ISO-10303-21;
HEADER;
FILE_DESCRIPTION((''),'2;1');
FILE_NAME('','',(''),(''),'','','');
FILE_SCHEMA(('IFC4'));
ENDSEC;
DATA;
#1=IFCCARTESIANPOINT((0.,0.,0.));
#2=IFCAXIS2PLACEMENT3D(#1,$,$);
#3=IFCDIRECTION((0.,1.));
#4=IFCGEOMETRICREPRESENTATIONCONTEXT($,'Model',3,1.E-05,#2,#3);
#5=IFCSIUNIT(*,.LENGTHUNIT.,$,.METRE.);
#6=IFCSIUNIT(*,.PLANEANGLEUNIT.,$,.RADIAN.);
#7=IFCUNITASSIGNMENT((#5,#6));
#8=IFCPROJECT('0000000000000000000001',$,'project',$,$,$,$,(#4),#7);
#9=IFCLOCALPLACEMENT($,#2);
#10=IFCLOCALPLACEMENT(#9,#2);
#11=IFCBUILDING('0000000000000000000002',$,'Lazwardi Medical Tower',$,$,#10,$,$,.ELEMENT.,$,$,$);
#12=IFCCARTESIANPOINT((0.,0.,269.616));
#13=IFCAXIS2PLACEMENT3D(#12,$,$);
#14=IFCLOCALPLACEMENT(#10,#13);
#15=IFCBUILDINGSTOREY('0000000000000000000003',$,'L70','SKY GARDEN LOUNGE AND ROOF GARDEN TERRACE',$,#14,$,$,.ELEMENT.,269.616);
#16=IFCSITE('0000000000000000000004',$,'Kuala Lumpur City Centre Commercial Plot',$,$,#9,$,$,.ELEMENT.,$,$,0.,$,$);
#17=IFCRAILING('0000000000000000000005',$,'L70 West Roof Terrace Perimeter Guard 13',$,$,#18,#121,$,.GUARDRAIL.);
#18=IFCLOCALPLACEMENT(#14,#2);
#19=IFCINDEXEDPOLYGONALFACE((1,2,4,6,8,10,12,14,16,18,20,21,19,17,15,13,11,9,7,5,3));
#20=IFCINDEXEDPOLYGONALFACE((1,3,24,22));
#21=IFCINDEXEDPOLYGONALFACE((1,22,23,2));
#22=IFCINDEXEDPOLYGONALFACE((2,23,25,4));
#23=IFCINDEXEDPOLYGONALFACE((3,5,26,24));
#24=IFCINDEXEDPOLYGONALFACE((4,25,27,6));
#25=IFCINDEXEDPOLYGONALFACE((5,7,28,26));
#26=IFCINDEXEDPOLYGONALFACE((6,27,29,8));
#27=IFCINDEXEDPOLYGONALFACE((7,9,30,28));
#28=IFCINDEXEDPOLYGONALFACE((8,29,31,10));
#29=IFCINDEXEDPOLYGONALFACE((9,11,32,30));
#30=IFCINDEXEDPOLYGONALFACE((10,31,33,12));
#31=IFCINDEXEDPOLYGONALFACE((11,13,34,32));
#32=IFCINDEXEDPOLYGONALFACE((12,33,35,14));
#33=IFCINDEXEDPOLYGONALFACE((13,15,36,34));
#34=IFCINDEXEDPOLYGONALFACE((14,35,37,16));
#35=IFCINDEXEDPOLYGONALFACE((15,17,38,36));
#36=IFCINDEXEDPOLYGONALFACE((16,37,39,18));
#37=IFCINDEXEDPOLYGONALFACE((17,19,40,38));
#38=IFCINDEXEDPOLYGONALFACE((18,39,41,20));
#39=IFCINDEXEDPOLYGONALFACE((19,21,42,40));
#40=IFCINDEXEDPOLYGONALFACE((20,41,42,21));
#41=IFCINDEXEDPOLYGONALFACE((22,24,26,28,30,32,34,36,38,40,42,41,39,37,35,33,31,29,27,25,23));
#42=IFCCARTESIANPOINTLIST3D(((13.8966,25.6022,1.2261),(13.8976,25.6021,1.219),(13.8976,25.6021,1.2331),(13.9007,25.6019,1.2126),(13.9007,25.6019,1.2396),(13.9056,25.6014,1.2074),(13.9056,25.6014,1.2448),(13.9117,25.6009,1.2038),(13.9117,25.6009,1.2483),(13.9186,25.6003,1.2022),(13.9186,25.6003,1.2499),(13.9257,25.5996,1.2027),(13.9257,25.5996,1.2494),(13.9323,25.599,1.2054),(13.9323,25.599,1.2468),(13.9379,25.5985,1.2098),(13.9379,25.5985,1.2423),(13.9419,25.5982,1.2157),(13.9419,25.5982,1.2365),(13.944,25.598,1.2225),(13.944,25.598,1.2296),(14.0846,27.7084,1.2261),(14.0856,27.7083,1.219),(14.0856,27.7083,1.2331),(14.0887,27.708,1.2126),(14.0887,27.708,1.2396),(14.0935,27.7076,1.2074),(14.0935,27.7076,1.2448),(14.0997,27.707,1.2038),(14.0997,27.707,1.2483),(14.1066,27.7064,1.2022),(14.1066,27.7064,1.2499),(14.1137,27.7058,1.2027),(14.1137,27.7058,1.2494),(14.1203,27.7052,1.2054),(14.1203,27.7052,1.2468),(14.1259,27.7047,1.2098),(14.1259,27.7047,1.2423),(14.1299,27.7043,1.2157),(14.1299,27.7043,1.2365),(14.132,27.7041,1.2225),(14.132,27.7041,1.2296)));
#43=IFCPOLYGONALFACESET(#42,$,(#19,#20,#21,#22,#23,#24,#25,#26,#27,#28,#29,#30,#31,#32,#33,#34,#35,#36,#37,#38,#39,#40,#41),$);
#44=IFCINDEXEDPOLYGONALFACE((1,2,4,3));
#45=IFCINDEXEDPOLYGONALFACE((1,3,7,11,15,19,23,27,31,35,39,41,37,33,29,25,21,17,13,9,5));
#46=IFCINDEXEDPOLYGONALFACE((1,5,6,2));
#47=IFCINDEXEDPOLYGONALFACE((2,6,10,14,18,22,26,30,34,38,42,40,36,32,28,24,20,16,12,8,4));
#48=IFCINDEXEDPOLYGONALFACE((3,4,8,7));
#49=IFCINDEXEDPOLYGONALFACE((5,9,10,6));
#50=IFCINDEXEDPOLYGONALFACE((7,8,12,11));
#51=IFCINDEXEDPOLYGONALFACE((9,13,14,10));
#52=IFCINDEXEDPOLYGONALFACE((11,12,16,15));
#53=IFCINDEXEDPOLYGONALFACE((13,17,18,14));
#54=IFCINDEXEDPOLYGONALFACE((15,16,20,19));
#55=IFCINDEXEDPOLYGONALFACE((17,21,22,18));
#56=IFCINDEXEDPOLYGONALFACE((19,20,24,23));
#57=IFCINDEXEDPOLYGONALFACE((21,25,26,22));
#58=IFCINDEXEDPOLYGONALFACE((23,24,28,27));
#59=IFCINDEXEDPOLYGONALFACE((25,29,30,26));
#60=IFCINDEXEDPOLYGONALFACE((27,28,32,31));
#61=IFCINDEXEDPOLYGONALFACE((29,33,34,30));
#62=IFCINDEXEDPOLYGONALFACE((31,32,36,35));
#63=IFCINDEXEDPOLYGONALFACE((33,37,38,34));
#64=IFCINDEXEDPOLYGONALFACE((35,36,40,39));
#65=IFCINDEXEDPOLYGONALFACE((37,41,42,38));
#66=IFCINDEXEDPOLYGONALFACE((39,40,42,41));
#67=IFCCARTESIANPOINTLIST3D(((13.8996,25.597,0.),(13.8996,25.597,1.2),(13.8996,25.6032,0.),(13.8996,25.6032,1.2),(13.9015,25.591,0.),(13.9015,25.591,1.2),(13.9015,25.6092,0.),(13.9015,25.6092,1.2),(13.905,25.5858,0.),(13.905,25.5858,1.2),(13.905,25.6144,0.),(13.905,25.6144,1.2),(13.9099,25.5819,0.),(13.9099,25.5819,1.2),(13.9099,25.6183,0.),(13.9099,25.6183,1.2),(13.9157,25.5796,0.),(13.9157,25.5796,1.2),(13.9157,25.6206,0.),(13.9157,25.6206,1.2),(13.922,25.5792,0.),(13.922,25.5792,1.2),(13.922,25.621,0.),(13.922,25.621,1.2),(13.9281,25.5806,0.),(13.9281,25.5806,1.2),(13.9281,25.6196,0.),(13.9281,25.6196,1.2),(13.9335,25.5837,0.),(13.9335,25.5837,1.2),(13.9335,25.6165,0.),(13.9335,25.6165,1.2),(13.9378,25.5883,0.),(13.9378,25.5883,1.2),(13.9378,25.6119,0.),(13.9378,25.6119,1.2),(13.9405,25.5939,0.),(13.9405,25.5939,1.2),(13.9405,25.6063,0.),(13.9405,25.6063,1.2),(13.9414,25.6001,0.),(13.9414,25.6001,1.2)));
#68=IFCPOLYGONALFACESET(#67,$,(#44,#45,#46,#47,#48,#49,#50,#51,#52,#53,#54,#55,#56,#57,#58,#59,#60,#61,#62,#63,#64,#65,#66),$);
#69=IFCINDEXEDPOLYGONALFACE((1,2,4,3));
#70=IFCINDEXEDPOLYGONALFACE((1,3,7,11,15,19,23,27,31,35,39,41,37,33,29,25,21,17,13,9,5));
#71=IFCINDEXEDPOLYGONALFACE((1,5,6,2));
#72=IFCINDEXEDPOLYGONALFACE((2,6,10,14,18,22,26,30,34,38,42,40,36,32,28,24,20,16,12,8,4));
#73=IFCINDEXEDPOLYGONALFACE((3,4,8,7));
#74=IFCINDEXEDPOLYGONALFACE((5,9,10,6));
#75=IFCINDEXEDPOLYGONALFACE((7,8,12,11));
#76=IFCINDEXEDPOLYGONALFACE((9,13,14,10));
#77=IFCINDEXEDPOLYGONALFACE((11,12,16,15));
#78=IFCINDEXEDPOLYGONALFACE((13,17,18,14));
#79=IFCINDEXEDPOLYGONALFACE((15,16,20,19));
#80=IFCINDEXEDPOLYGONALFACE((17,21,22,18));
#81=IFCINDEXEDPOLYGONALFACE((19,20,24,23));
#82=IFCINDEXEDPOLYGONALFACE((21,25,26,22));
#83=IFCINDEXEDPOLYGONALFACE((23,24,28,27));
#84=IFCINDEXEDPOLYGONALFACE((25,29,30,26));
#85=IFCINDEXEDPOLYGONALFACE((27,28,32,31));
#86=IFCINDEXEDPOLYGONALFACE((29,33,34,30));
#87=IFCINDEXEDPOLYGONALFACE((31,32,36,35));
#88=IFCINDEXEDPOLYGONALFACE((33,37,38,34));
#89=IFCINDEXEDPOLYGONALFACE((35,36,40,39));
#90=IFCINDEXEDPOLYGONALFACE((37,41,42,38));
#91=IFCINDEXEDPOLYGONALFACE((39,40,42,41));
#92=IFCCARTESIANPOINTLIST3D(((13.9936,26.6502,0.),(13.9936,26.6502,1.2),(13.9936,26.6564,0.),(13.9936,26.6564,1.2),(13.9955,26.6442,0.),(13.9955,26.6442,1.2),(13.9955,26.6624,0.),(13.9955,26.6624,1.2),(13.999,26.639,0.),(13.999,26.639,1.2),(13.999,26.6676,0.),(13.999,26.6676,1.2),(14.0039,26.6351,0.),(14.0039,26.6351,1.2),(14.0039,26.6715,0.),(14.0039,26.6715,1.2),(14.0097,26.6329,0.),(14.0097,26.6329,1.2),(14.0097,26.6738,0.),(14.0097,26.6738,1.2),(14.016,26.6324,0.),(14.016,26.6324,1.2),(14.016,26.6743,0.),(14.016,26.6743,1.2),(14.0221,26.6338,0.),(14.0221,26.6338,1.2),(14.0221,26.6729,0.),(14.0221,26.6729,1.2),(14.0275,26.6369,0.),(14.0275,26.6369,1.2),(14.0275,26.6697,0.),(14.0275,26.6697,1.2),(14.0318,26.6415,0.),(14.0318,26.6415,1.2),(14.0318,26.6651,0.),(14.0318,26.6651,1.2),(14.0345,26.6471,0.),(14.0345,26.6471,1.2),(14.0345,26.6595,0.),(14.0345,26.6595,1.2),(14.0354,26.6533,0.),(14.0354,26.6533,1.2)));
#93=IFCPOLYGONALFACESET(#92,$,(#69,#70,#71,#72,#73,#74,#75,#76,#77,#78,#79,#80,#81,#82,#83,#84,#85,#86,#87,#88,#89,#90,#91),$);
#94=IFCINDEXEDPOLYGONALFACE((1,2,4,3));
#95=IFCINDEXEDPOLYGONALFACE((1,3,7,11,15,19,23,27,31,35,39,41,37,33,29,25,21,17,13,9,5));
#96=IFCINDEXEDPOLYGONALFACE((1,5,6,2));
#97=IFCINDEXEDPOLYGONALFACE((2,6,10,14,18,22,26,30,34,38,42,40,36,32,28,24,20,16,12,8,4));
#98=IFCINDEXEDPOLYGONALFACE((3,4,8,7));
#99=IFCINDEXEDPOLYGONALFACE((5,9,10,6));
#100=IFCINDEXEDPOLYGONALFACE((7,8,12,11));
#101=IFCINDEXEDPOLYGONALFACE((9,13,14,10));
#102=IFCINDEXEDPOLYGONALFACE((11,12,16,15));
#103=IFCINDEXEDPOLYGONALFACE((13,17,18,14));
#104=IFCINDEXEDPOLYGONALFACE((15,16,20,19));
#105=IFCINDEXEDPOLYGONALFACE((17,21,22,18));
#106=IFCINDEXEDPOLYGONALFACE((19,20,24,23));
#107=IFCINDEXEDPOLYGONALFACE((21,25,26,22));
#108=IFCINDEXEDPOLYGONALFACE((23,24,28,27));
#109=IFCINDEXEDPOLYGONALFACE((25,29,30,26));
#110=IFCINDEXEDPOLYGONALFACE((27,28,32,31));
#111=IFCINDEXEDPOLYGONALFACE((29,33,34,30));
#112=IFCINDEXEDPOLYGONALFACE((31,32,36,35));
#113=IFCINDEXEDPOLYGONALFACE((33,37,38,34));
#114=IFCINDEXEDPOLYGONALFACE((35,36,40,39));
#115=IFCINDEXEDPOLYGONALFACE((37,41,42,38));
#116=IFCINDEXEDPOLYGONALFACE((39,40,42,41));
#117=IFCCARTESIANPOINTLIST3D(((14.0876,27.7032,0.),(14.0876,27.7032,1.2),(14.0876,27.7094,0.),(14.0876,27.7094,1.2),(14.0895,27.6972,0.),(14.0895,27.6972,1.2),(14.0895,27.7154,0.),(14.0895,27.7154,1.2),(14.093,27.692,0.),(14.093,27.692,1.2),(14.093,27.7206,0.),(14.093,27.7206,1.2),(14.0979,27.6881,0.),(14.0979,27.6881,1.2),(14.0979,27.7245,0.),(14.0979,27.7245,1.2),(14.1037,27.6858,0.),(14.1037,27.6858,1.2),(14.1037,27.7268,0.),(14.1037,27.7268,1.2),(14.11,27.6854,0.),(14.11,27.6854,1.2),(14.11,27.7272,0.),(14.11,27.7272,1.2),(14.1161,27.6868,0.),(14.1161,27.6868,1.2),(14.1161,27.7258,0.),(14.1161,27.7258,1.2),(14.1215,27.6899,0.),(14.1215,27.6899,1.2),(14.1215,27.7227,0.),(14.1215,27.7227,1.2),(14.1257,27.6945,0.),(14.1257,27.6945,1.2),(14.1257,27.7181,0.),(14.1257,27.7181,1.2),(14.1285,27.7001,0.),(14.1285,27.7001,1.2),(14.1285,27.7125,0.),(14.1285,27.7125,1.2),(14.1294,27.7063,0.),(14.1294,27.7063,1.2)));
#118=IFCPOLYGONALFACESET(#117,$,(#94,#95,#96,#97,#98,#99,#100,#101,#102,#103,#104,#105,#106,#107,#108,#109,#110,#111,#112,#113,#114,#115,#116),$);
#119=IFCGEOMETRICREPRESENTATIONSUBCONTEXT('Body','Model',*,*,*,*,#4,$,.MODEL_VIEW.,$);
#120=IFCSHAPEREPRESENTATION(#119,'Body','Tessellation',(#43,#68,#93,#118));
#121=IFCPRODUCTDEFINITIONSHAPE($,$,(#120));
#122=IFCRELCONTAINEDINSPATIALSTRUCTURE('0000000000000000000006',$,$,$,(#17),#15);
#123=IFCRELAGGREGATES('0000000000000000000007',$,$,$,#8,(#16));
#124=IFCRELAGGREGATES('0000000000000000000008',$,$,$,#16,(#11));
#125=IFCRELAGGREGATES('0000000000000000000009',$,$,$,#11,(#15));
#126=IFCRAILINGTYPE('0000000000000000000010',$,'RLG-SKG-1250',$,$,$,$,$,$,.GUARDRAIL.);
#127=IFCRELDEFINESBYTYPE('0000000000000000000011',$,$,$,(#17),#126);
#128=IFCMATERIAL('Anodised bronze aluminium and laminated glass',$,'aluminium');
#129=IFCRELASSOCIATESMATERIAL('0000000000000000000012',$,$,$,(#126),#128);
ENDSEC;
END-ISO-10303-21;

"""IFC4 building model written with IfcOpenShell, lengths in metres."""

from ifc_helpers import new_model, si_unit, direction, frame, origin, origin_2d, place, context, subcontext, project, spatial, circle, extrude, material, type_object, element, save


model = new_model("IFC4")

# Units and contexts
model_context = context("Model", 3, precision=1e-05, world=origin(), true_north=direction((0.0, 1.0)))
body_context = subcontext(model_context, "Body", "Model", "MODEL_VIEW")
ifc_project = project(units=[si_unit("LENGTHUNIT", "METRE"), si_unit("PLANEANGLEUNIT", "RADIAN")], contexts=[model_context])

# Site, building, storey
site_placement = place(None, origin())
site = spatial("IfcSite", under=ifc_project, at=site_placement, Name="Kuala Lumpur City Centre Commercial Plot", CompositionType="ELEMENT", RefElevation=0.0)
building_placement = place(site_placement, origin())
building = spatial("IfcBuilding", under=site, at=building_placement, Name="Lazwardi Medical Tower", CompositionType="ELEMENT")
storey_placement = place(building_placement, frame((0.0, 0.0, 269.616)))
storey = spatial("IfcBuildingStorey", under=building, at=storey_placement, Name="L70", Description="SKY GARDEN LOUNGE AND ROOF GARDEN TERRACE", CompositionType="ELEMENT", Elevation=269.616)

# Shared definitions
ifc_material_1 = material(Name="Anodised bronze aluminium and laminated glass", Category="aluminium")

# Railing
railing_type = type_object("IfcRailingType", Name="RLG-SKG-1250", PredefinedType="GUARDRAIL", material=ifc_material_1)
railing_1_placement = place(storey_placement, frame((13.9204, 25.6001, 0.0)))
element("IfcRailing", 1, at=railing_1_placement, inside=storey, type_object=railing_type, Name="L70 West Roof Terrace Perimeter Guard 13", PredefinedType="GUARDRAIL", context=body_context, shape_type="SweptSolid", body=[
    extrude(circle(Radius=0.0239, at=origin_2d()), frame((0.0, 0.0, 1.2261), z_axis=(0.088901, 0.99604, 0.0), x_axis=(-0.99604, 0.088901, 0.0)), (0.0, 0.0, 1.0), 2.1145),
    extrude(circle(Radius=0.021, at=origin_2d()), origin(), (0.0, 0.0, 1.0), 1.2),
    extrude(circle(Radius=0.021, at=origin_2d()), frame((0.094, 1.0532, 0.0)), (0.0, 0.0, 1.0), 1.2),
    extrude(circle(Radius=0.021, at=origin_2d()), frame((0.188, 2.1062, 0.0)), (0.0, 0.0, 1.0), 1.2),
])

save(model, "model.ifc")
